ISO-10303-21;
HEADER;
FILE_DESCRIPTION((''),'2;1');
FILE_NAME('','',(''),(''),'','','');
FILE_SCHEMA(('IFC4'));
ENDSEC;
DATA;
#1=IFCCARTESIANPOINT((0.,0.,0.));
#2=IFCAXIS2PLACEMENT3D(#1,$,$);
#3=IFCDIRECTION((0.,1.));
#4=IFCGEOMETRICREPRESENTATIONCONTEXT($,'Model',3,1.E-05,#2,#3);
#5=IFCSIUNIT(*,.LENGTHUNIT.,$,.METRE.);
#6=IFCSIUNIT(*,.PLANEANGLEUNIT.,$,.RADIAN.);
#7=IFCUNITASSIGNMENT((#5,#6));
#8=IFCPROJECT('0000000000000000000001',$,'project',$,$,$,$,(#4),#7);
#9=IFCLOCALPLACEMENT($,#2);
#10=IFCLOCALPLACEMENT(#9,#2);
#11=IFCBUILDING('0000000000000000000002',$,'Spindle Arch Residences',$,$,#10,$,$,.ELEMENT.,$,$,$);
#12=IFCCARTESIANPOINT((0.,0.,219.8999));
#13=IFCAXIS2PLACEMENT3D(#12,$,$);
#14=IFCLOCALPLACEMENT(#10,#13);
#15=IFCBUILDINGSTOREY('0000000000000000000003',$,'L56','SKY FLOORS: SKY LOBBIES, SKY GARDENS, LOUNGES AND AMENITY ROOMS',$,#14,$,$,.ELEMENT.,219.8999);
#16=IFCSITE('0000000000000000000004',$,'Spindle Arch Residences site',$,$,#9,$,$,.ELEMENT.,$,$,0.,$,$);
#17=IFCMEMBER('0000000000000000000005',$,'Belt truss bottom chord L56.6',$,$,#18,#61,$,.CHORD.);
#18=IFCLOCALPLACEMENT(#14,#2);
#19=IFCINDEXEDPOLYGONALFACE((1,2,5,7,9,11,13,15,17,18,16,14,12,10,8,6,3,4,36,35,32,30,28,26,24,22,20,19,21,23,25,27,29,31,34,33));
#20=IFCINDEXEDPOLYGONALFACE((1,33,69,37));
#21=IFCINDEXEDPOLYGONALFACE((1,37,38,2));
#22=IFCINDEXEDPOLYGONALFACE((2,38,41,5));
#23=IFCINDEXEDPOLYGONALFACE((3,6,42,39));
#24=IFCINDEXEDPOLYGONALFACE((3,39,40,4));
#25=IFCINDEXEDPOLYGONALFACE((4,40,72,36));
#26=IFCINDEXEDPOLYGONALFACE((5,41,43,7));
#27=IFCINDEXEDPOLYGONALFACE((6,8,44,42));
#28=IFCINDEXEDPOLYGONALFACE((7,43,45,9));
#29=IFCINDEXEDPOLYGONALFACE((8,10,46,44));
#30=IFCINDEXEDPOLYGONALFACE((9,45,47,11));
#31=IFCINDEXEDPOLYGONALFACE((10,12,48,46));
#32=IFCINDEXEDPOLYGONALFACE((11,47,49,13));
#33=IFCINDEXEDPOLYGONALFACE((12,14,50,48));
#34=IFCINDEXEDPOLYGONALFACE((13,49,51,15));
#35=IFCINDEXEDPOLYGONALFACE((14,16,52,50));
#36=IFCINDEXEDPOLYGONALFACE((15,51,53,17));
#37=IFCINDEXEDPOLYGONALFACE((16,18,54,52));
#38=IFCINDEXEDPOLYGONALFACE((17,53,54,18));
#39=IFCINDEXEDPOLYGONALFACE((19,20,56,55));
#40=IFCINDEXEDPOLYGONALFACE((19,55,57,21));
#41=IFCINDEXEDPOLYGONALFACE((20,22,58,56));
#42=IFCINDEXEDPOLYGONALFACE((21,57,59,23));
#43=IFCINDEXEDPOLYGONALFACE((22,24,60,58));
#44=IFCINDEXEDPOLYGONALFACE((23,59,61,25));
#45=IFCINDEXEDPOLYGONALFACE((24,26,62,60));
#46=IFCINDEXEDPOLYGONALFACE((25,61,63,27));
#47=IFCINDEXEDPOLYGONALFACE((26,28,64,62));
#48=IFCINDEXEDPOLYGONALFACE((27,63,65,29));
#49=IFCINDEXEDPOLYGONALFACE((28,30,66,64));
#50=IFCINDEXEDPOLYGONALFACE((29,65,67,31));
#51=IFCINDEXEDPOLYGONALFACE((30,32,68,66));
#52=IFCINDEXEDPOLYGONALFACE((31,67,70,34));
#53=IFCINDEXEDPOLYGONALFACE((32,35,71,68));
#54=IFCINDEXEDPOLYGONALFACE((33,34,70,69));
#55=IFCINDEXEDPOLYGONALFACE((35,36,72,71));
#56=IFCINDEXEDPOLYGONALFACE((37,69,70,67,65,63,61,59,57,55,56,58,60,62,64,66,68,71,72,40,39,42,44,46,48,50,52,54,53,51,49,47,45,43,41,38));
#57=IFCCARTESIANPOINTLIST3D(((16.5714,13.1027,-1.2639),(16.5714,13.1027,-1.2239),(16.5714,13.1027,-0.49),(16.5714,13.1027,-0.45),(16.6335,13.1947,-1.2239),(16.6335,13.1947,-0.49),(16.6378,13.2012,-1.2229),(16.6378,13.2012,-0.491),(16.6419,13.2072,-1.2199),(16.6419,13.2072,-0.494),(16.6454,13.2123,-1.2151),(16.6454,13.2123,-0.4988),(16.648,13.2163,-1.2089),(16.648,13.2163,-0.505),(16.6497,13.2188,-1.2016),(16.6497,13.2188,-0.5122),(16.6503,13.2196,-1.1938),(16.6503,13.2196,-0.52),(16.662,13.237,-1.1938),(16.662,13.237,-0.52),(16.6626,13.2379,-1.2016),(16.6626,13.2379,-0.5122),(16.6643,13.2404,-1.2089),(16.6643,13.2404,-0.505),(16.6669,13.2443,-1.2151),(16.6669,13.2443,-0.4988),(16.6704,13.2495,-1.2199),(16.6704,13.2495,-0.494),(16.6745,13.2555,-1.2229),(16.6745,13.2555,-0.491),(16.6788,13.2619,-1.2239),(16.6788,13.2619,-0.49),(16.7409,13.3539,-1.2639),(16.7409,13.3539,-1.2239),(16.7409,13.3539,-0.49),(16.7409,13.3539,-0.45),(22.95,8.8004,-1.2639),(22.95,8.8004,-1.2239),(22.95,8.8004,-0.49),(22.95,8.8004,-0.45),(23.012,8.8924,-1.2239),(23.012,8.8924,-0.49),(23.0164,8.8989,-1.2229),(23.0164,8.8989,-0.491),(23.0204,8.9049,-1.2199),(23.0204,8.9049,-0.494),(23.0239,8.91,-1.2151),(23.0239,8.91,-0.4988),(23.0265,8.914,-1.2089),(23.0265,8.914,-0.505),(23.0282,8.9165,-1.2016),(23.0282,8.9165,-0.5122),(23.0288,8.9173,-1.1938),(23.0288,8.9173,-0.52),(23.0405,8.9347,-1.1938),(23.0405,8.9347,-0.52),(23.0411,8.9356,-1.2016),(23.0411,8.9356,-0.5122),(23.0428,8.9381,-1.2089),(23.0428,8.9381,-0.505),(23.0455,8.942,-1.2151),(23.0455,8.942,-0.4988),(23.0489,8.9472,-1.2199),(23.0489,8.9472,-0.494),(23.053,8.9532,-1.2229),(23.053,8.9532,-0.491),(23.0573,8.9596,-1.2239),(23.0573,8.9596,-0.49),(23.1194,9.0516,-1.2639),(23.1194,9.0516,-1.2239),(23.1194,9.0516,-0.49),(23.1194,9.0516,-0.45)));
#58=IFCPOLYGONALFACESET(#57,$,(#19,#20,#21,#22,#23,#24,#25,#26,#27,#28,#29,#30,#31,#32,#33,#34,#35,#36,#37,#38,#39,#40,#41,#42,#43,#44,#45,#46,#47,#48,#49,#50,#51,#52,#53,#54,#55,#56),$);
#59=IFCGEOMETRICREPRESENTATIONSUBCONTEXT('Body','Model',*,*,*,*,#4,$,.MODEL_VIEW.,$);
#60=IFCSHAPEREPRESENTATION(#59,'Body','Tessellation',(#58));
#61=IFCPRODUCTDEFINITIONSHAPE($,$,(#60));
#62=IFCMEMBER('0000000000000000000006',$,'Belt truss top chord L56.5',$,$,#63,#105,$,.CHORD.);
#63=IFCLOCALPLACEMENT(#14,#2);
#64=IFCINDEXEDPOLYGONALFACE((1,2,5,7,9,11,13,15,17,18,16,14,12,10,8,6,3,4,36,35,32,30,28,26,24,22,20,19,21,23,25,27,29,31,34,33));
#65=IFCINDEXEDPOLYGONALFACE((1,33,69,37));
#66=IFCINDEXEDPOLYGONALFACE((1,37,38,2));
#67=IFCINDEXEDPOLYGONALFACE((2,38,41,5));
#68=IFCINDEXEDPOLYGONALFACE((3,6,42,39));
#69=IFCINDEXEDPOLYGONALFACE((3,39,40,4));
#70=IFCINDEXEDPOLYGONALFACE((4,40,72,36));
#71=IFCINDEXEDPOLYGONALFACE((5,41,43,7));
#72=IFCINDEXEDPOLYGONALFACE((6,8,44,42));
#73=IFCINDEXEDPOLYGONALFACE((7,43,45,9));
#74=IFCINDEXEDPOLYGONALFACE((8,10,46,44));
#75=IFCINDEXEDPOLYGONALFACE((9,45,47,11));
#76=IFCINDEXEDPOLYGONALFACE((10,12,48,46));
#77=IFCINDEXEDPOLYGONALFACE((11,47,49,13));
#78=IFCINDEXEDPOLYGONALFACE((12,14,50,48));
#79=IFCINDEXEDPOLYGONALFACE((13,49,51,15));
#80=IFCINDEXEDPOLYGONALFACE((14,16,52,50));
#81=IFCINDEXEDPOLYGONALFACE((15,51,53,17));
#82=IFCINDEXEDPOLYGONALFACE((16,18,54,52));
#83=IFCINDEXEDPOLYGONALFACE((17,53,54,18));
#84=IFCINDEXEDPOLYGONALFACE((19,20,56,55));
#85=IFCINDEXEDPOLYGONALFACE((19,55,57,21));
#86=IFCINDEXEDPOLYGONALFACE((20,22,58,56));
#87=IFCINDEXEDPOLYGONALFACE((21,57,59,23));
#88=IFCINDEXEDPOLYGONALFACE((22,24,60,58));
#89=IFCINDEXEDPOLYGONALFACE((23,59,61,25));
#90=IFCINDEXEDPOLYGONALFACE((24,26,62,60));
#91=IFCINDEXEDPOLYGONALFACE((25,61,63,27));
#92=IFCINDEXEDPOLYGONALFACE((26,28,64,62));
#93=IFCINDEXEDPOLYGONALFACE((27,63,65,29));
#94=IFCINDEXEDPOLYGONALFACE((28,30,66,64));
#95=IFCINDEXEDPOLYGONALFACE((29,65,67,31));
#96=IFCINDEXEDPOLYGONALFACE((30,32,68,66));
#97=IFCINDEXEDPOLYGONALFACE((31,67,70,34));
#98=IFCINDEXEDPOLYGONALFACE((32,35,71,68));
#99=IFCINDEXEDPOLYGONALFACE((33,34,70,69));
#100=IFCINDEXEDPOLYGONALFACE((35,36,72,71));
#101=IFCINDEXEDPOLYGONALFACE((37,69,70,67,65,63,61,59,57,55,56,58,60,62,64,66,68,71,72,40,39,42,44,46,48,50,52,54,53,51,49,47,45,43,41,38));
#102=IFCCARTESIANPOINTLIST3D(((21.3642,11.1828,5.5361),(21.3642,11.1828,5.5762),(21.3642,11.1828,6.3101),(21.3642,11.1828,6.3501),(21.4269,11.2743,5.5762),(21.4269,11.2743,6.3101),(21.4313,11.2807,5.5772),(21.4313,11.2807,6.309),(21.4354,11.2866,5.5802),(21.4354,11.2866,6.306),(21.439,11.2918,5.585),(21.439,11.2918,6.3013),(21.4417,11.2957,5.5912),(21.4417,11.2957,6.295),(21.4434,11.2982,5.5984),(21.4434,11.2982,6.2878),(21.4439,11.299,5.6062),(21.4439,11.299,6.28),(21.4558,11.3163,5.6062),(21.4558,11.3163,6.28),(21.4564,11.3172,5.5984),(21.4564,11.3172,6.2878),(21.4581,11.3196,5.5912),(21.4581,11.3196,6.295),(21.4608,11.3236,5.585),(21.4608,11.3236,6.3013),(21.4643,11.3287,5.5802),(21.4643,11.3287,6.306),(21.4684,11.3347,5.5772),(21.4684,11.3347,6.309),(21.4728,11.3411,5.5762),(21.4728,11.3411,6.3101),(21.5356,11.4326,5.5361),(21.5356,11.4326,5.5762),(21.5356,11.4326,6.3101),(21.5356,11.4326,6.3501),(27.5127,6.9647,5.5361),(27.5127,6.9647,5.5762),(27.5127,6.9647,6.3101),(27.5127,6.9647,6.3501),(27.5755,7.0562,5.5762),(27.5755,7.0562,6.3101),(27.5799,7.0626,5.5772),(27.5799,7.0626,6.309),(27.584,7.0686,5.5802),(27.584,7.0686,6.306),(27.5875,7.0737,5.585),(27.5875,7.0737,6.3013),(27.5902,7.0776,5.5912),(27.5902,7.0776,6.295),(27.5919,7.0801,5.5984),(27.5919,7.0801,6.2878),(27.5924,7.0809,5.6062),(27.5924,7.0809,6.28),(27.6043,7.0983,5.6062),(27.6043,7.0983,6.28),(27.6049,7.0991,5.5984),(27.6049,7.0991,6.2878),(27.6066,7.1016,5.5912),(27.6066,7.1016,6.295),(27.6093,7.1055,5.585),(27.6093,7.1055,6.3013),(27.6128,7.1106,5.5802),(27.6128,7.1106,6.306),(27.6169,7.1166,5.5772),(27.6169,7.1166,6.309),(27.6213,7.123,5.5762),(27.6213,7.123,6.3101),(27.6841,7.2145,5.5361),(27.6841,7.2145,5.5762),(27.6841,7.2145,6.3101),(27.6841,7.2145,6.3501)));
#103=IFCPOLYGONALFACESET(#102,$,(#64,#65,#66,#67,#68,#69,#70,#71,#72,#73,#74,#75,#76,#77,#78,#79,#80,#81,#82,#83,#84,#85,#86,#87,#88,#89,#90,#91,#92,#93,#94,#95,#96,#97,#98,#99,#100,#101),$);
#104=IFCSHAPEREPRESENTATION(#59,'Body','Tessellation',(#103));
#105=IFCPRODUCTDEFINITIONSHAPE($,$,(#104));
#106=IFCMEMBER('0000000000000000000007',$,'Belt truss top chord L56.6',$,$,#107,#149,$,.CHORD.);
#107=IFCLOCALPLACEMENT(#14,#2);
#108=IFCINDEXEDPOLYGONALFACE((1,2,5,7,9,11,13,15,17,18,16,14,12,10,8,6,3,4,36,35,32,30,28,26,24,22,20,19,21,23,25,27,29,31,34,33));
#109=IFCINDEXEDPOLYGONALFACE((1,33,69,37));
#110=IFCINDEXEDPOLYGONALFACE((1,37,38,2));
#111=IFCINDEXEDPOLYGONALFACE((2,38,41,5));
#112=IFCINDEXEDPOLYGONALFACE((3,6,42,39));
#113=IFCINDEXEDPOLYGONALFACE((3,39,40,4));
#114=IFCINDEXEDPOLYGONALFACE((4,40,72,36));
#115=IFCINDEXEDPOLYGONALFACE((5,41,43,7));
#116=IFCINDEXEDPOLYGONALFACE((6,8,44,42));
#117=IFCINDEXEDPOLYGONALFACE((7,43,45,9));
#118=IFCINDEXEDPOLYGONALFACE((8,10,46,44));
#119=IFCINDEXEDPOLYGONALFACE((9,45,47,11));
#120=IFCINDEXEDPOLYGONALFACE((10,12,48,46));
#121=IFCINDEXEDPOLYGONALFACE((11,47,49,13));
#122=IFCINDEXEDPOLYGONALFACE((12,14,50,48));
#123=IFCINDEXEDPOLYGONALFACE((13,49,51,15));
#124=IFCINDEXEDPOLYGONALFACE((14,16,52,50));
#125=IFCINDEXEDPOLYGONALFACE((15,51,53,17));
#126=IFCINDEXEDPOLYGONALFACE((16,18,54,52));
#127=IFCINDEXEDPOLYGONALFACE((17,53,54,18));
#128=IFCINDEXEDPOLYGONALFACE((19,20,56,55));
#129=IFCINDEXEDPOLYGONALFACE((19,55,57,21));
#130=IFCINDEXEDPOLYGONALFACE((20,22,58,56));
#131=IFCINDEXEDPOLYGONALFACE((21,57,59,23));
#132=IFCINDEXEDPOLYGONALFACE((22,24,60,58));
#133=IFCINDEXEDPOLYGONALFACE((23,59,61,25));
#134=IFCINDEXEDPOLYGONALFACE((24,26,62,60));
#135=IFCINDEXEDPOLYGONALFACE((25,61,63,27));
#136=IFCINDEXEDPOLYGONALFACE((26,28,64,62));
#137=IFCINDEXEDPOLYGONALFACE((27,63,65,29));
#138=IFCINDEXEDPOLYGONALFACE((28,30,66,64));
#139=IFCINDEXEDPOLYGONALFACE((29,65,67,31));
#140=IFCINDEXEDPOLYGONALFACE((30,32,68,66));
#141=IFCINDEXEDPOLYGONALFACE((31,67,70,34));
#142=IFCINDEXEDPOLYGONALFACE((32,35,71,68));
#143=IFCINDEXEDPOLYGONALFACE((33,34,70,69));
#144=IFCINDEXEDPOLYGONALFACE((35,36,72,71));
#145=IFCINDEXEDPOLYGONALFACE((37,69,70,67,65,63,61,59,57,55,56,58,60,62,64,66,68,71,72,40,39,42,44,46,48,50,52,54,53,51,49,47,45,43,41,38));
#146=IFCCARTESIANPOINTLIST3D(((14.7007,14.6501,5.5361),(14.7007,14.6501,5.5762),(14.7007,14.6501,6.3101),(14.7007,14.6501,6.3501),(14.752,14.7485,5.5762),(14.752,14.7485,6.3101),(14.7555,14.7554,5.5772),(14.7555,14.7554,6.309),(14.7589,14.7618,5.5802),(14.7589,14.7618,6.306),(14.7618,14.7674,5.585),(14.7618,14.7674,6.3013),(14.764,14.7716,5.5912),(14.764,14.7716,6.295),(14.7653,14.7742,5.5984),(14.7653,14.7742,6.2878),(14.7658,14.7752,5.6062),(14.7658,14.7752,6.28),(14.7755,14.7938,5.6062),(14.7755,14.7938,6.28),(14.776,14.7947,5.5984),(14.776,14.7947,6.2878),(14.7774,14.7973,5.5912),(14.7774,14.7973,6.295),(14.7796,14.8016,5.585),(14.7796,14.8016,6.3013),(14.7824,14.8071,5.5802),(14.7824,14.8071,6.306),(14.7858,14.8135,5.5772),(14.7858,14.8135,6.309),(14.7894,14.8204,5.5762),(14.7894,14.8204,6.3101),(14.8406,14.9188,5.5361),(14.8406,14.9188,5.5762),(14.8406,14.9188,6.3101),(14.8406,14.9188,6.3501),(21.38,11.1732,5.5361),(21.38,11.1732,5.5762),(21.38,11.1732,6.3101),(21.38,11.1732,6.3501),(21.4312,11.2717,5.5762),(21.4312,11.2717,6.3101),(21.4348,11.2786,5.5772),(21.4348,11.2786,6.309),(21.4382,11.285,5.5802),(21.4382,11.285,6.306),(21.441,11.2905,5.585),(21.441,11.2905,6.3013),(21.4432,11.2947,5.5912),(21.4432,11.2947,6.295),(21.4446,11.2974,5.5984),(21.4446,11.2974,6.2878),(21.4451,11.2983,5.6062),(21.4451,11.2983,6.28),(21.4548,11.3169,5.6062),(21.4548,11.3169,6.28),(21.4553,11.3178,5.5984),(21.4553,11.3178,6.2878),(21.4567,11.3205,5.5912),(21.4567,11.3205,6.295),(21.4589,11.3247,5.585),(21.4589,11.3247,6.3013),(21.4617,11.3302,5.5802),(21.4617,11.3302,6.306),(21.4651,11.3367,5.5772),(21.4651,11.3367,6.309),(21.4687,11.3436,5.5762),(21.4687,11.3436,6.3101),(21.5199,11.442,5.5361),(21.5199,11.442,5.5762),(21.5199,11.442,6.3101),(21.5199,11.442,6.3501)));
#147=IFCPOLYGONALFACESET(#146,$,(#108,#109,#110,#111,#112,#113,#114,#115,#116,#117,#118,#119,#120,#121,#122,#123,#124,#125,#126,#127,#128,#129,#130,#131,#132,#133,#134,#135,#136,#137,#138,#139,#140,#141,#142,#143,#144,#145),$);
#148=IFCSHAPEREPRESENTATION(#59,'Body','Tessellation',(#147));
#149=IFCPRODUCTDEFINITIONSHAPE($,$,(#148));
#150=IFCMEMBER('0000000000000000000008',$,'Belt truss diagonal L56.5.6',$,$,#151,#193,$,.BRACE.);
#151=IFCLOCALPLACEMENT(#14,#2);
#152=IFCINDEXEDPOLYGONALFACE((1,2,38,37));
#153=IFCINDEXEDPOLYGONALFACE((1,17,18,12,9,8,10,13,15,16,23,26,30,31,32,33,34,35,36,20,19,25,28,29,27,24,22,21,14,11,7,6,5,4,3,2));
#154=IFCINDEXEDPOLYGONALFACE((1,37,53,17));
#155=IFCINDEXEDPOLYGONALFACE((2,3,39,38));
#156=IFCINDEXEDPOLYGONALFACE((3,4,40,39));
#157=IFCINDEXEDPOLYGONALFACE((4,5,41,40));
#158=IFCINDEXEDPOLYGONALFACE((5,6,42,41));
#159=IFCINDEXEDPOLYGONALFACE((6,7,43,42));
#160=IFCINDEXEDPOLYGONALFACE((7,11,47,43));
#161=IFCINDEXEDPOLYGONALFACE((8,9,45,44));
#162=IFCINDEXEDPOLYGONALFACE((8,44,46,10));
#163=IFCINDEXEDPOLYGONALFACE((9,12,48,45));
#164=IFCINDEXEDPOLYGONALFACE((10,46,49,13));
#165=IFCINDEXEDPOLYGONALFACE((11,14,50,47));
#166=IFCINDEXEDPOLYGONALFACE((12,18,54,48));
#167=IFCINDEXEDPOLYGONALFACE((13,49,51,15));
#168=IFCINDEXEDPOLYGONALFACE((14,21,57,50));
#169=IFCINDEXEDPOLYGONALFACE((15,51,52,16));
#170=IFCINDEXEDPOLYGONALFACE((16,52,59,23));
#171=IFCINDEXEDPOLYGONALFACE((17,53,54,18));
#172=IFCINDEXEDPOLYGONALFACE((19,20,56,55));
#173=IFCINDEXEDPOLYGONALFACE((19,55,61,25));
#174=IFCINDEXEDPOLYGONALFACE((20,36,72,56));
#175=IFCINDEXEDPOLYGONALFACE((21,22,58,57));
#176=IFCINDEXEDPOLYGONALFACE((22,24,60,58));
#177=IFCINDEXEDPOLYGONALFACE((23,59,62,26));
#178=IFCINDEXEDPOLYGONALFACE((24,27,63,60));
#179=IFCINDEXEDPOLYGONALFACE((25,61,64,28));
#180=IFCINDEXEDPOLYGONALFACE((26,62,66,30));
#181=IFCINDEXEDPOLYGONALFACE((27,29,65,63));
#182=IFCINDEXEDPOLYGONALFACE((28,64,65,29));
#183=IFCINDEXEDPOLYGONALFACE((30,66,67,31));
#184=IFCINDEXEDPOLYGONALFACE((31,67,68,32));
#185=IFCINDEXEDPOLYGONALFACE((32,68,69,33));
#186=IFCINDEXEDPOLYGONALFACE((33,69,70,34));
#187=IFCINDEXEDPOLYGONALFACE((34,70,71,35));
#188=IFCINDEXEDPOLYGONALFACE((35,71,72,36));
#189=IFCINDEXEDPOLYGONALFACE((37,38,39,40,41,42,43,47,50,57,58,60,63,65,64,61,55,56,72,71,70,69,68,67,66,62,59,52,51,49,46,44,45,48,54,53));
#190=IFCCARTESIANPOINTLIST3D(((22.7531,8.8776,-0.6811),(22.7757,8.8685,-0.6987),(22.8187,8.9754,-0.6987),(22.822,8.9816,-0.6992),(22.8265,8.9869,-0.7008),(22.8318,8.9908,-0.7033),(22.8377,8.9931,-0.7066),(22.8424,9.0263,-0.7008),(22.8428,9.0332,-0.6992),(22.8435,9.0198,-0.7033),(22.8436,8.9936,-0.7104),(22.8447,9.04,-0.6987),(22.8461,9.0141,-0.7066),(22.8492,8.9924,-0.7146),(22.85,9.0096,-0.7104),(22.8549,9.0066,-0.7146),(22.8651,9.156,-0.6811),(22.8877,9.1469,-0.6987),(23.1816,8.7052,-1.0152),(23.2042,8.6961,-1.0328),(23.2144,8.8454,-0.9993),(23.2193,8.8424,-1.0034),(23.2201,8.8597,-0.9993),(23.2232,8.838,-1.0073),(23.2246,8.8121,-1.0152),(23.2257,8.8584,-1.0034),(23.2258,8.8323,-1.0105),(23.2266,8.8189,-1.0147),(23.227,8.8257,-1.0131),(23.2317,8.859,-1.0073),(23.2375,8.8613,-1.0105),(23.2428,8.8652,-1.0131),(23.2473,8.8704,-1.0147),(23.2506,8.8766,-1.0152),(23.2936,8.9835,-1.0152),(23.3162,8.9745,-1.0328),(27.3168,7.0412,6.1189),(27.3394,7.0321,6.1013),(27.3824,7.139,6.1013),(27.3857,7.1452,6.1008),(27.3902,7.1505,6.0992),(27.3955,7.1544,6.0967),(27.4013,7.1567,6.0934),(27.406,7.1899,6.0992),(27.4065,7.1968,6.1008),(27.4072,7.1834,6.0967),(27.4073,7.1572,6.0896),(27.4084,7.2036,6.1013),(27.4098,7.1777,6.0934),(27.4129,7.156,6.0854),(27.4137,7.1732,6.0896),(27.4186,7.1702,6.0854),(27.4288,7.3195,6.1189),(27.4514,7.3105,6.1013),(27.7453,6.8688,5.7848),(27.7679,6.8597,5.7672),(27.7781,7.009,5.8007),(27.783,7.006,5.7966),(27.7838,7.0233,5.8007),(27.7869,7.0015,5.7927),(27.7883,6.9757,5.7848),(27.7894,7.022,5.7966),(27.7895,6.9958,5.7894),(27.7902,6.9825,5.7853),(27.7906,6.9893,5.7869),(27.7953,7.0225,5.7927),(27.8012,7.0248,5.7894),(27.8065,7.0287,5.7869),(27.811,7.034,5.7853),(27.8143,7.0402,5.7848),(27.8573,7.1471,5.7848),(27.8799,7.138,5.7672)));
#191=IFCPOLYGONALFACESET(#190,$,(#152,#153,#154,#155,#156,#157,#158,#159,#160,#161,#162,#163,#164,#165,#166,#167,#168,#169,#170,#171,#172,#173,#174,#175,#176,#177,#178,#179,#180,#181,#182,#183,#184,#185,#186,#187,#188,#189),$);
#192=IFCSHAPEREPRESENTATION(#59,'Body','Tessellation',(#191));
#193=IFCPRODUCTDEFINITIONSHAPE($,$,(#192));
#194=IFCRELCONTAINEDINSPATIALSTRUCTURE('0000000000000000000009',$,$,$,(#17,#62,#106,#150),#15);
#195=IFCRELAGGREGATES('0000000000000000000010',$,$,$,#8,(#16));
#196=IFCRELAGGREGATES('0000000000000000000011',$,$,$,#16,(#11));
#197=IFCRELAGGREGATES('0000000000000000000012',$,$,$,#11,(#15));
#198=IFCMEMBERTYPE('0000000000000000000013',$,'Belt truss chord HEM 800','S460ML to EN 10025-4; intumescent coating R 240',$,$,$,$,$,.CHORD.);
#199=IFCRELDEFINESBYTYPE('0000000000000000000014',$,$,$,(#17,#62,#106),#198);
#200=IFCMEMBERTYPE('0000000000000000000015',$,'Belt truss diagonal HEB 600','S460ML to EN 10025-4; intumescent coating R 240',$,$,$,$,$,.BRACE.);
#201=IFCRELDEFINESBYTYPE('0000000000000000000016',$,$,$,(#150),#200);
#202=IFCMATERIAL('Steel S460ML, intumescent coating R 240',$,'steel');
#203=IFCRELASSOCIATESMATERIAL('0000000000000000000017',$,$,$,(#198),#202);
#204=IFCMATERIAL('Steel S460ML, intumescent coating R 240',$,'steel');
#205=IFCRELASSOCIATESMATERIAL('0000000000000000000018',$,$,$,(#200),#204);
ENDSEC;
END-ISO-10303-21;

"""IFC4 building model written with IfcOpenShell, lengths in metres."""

from ifc_helpers import new_model, si_unit, direction, frame, origin, origin_2d, place, context, subcontext, project, spatial, i_section, extrude, material, material_profile, profile_set, type_object, element, save


model = new_model("IFC4")

# Units and contexts
model_context = context("Model", 3, precision=1e-05, world=origin(), true_north=direction((0.0, 1.0)))
body_context = subcontext(model_context, "Body", "Model", "MODEL_VIEW")
ifc_project = project(units=[si_unit("LENGTHUNIT", "METRE"), si_unit("PLANEANGLEUNIT", "RADIAN")], contexts=[model_context])

# Site, building, storey
site_placement = place(None, origin())
site = spatial("IfcSite", under=ifc_project, at=site_placement, Name="Spindle Arch Residences site", CompositionType="ELEMENT", RefElevation=0.0)
building_placement = place(site_placement, origin())
building = spatial("IfcBuilding", under=site, at=building_placement, Name="Spindle Arch Residences", CompositionType="ELEMENT")
storey_placement = place(building_placement, frame((0.0, 0.0, 219.8999)))
storey = spatial("IfcBuildingStorey", under=building, at=storey_placement, Name="L56", Description="SKY FLOORS: SKY LOBBIES, SKY GARDENS, LOUNGES AND AMENITY ROOMS", CompositionType="ELEMENT", Elevation=219.8999)

# Members
ifc_material_1 = material(Name="Steel S460ML, intumescent coating R 240", Category="steel")
ifc_material_profile_1 = material_profile(ifc_material_1, i_section(OverallWidth=0.303, OverallDepth=0.814, WebThickness=0.021, FlangeThickness=0.04, FilletRadius=0.03, at=origin_2d()), Name="HEM 800")
ifc_profile_set_1 = profile_set([ifc_material_profile_1], Name="Steel S460ML, intumescent coating R 240")
member_type_1 = type_object("IfcMemberType", Name="Belt truss chord HEM 800", Description="S460ML to EN 10025-4; intumescent coating R 240", PredefinedType="CHORD", material=ifc_profile_set_1)
member_1_placement = place(storey_placement, frame((23.0347, 8.926, -0.8569), z_axis=(-0.829041, 0.559188, 0.0), x_axis=(-0.559188, -0.829041, 0.0)))
element("IfcMember", 1, at=member_1_placement, inside=storey, type_object=member_type_1, Name="Belt truss bottom chord L56.6", PredefinedType="CHORD", context=body_context, shape_type="SweptSolid", body=[
    extrude(i_section(OverallWidth=0.303, OverallDepth=0.814, WebThickness=0.021, FlangeThickness=0.04, FilletRadius=0.03, at=origin_2d()), origin(), (0.0, 0.0, 1.0), 7.6938),
])
member_2_placement = place(storey_placement, frame((27.5984, 7.0896, 5.9431), z_axis=(-0.824607, 0.565706, 0.0), x_axis=(-0.565706, -0.824607, 0.0)))
element("IfcMember", 2, at=member_2_placement, inside=storey, type_object=member_type_1, Name="Belt truss top chord L56.5", PredefinedType="CHORD", context=body_context, shape_type="SweptSolid", body=[
    extrude(i_section(OverallWidth=0.303, OverallDepth=0.814, WebThickness=0.021, FlangeThickness=0.04, FilletRadius=0.03, at=origin_2d()), origin(), (0.0, 0.0, 1.0), 7.4563),
])
member_3_placement = place(storey_placement, frame((21.45, 11.3076, 5.9431), z_axis=(-0.88702, 0.461731, 0.0), x_axis=(-0.461731, -0.88702, 0.0)))
element("IfcMember", 3, at=member_3_placement, inside=storey, type_object=member_type_1, Name="Belt truss top chord L56.6", PredefinedType="CHORD", context=body_context, shape_type="SweptSolid", body=[
    extrude(i_section(OverallWidth=0.303, OverallDepth=0.814, WebThickness=0.021, FlangeThickness=0.04, FilletRadius=0.03, at=origin_2d()), origin(), (0.0, 0.0, 1.0), 7.53),
])
ifc_material_2 = material(Name="Steel S460ML, intumescent coating R 240", Category="steel")
ifc_material_profile_2 = material_profile(ifc_material_2, i_section(OverallWidth=0.3, OverallDepth=0.6001, WebThickness=0.0154, FlangeThickness=0.03, FilletRadius=0.0271, at=origin_2d()), Name="HEB 600")
ifc_profile_set_2 = profile_set([ifc_material_profile_2], Name="Steel S460ML, intumescent coating R 240")
member_type_2 = type_object("IfcMemberType", Name="Belt truss diagonal HEB 600", Description="S460ML to EN 10025-4; intumescent coating R 240", PredefinedType="BRACE", material=ifc_profile_set_2)
member_4_placement = place(storey_placement, frame((23.0347, 8.926, -0.8569), z_axis=(0.54376, -0.218807, 0.810215), x_axis=(0.373307, 0.927708, 0.0)))
element("IfcMember", 4, at=member_4_placement, inside=storey, type_object=member_type_2, Name="Belt truss diagonal L56.5.6", PredefinedType="BRACE", context=body_context, shape_type="SweptSolid", body=[
    extrude(i_section(OverallWidth=0.3, OverallDepth=0.6001, WebThickness=0.0154, FlangeThickness=0.03, FilletRadius=0.0271, at=origin_2d()), origin(), (0.0, 0.0, 1.0), 8.3928),
])

save(model, "model.ifc")
